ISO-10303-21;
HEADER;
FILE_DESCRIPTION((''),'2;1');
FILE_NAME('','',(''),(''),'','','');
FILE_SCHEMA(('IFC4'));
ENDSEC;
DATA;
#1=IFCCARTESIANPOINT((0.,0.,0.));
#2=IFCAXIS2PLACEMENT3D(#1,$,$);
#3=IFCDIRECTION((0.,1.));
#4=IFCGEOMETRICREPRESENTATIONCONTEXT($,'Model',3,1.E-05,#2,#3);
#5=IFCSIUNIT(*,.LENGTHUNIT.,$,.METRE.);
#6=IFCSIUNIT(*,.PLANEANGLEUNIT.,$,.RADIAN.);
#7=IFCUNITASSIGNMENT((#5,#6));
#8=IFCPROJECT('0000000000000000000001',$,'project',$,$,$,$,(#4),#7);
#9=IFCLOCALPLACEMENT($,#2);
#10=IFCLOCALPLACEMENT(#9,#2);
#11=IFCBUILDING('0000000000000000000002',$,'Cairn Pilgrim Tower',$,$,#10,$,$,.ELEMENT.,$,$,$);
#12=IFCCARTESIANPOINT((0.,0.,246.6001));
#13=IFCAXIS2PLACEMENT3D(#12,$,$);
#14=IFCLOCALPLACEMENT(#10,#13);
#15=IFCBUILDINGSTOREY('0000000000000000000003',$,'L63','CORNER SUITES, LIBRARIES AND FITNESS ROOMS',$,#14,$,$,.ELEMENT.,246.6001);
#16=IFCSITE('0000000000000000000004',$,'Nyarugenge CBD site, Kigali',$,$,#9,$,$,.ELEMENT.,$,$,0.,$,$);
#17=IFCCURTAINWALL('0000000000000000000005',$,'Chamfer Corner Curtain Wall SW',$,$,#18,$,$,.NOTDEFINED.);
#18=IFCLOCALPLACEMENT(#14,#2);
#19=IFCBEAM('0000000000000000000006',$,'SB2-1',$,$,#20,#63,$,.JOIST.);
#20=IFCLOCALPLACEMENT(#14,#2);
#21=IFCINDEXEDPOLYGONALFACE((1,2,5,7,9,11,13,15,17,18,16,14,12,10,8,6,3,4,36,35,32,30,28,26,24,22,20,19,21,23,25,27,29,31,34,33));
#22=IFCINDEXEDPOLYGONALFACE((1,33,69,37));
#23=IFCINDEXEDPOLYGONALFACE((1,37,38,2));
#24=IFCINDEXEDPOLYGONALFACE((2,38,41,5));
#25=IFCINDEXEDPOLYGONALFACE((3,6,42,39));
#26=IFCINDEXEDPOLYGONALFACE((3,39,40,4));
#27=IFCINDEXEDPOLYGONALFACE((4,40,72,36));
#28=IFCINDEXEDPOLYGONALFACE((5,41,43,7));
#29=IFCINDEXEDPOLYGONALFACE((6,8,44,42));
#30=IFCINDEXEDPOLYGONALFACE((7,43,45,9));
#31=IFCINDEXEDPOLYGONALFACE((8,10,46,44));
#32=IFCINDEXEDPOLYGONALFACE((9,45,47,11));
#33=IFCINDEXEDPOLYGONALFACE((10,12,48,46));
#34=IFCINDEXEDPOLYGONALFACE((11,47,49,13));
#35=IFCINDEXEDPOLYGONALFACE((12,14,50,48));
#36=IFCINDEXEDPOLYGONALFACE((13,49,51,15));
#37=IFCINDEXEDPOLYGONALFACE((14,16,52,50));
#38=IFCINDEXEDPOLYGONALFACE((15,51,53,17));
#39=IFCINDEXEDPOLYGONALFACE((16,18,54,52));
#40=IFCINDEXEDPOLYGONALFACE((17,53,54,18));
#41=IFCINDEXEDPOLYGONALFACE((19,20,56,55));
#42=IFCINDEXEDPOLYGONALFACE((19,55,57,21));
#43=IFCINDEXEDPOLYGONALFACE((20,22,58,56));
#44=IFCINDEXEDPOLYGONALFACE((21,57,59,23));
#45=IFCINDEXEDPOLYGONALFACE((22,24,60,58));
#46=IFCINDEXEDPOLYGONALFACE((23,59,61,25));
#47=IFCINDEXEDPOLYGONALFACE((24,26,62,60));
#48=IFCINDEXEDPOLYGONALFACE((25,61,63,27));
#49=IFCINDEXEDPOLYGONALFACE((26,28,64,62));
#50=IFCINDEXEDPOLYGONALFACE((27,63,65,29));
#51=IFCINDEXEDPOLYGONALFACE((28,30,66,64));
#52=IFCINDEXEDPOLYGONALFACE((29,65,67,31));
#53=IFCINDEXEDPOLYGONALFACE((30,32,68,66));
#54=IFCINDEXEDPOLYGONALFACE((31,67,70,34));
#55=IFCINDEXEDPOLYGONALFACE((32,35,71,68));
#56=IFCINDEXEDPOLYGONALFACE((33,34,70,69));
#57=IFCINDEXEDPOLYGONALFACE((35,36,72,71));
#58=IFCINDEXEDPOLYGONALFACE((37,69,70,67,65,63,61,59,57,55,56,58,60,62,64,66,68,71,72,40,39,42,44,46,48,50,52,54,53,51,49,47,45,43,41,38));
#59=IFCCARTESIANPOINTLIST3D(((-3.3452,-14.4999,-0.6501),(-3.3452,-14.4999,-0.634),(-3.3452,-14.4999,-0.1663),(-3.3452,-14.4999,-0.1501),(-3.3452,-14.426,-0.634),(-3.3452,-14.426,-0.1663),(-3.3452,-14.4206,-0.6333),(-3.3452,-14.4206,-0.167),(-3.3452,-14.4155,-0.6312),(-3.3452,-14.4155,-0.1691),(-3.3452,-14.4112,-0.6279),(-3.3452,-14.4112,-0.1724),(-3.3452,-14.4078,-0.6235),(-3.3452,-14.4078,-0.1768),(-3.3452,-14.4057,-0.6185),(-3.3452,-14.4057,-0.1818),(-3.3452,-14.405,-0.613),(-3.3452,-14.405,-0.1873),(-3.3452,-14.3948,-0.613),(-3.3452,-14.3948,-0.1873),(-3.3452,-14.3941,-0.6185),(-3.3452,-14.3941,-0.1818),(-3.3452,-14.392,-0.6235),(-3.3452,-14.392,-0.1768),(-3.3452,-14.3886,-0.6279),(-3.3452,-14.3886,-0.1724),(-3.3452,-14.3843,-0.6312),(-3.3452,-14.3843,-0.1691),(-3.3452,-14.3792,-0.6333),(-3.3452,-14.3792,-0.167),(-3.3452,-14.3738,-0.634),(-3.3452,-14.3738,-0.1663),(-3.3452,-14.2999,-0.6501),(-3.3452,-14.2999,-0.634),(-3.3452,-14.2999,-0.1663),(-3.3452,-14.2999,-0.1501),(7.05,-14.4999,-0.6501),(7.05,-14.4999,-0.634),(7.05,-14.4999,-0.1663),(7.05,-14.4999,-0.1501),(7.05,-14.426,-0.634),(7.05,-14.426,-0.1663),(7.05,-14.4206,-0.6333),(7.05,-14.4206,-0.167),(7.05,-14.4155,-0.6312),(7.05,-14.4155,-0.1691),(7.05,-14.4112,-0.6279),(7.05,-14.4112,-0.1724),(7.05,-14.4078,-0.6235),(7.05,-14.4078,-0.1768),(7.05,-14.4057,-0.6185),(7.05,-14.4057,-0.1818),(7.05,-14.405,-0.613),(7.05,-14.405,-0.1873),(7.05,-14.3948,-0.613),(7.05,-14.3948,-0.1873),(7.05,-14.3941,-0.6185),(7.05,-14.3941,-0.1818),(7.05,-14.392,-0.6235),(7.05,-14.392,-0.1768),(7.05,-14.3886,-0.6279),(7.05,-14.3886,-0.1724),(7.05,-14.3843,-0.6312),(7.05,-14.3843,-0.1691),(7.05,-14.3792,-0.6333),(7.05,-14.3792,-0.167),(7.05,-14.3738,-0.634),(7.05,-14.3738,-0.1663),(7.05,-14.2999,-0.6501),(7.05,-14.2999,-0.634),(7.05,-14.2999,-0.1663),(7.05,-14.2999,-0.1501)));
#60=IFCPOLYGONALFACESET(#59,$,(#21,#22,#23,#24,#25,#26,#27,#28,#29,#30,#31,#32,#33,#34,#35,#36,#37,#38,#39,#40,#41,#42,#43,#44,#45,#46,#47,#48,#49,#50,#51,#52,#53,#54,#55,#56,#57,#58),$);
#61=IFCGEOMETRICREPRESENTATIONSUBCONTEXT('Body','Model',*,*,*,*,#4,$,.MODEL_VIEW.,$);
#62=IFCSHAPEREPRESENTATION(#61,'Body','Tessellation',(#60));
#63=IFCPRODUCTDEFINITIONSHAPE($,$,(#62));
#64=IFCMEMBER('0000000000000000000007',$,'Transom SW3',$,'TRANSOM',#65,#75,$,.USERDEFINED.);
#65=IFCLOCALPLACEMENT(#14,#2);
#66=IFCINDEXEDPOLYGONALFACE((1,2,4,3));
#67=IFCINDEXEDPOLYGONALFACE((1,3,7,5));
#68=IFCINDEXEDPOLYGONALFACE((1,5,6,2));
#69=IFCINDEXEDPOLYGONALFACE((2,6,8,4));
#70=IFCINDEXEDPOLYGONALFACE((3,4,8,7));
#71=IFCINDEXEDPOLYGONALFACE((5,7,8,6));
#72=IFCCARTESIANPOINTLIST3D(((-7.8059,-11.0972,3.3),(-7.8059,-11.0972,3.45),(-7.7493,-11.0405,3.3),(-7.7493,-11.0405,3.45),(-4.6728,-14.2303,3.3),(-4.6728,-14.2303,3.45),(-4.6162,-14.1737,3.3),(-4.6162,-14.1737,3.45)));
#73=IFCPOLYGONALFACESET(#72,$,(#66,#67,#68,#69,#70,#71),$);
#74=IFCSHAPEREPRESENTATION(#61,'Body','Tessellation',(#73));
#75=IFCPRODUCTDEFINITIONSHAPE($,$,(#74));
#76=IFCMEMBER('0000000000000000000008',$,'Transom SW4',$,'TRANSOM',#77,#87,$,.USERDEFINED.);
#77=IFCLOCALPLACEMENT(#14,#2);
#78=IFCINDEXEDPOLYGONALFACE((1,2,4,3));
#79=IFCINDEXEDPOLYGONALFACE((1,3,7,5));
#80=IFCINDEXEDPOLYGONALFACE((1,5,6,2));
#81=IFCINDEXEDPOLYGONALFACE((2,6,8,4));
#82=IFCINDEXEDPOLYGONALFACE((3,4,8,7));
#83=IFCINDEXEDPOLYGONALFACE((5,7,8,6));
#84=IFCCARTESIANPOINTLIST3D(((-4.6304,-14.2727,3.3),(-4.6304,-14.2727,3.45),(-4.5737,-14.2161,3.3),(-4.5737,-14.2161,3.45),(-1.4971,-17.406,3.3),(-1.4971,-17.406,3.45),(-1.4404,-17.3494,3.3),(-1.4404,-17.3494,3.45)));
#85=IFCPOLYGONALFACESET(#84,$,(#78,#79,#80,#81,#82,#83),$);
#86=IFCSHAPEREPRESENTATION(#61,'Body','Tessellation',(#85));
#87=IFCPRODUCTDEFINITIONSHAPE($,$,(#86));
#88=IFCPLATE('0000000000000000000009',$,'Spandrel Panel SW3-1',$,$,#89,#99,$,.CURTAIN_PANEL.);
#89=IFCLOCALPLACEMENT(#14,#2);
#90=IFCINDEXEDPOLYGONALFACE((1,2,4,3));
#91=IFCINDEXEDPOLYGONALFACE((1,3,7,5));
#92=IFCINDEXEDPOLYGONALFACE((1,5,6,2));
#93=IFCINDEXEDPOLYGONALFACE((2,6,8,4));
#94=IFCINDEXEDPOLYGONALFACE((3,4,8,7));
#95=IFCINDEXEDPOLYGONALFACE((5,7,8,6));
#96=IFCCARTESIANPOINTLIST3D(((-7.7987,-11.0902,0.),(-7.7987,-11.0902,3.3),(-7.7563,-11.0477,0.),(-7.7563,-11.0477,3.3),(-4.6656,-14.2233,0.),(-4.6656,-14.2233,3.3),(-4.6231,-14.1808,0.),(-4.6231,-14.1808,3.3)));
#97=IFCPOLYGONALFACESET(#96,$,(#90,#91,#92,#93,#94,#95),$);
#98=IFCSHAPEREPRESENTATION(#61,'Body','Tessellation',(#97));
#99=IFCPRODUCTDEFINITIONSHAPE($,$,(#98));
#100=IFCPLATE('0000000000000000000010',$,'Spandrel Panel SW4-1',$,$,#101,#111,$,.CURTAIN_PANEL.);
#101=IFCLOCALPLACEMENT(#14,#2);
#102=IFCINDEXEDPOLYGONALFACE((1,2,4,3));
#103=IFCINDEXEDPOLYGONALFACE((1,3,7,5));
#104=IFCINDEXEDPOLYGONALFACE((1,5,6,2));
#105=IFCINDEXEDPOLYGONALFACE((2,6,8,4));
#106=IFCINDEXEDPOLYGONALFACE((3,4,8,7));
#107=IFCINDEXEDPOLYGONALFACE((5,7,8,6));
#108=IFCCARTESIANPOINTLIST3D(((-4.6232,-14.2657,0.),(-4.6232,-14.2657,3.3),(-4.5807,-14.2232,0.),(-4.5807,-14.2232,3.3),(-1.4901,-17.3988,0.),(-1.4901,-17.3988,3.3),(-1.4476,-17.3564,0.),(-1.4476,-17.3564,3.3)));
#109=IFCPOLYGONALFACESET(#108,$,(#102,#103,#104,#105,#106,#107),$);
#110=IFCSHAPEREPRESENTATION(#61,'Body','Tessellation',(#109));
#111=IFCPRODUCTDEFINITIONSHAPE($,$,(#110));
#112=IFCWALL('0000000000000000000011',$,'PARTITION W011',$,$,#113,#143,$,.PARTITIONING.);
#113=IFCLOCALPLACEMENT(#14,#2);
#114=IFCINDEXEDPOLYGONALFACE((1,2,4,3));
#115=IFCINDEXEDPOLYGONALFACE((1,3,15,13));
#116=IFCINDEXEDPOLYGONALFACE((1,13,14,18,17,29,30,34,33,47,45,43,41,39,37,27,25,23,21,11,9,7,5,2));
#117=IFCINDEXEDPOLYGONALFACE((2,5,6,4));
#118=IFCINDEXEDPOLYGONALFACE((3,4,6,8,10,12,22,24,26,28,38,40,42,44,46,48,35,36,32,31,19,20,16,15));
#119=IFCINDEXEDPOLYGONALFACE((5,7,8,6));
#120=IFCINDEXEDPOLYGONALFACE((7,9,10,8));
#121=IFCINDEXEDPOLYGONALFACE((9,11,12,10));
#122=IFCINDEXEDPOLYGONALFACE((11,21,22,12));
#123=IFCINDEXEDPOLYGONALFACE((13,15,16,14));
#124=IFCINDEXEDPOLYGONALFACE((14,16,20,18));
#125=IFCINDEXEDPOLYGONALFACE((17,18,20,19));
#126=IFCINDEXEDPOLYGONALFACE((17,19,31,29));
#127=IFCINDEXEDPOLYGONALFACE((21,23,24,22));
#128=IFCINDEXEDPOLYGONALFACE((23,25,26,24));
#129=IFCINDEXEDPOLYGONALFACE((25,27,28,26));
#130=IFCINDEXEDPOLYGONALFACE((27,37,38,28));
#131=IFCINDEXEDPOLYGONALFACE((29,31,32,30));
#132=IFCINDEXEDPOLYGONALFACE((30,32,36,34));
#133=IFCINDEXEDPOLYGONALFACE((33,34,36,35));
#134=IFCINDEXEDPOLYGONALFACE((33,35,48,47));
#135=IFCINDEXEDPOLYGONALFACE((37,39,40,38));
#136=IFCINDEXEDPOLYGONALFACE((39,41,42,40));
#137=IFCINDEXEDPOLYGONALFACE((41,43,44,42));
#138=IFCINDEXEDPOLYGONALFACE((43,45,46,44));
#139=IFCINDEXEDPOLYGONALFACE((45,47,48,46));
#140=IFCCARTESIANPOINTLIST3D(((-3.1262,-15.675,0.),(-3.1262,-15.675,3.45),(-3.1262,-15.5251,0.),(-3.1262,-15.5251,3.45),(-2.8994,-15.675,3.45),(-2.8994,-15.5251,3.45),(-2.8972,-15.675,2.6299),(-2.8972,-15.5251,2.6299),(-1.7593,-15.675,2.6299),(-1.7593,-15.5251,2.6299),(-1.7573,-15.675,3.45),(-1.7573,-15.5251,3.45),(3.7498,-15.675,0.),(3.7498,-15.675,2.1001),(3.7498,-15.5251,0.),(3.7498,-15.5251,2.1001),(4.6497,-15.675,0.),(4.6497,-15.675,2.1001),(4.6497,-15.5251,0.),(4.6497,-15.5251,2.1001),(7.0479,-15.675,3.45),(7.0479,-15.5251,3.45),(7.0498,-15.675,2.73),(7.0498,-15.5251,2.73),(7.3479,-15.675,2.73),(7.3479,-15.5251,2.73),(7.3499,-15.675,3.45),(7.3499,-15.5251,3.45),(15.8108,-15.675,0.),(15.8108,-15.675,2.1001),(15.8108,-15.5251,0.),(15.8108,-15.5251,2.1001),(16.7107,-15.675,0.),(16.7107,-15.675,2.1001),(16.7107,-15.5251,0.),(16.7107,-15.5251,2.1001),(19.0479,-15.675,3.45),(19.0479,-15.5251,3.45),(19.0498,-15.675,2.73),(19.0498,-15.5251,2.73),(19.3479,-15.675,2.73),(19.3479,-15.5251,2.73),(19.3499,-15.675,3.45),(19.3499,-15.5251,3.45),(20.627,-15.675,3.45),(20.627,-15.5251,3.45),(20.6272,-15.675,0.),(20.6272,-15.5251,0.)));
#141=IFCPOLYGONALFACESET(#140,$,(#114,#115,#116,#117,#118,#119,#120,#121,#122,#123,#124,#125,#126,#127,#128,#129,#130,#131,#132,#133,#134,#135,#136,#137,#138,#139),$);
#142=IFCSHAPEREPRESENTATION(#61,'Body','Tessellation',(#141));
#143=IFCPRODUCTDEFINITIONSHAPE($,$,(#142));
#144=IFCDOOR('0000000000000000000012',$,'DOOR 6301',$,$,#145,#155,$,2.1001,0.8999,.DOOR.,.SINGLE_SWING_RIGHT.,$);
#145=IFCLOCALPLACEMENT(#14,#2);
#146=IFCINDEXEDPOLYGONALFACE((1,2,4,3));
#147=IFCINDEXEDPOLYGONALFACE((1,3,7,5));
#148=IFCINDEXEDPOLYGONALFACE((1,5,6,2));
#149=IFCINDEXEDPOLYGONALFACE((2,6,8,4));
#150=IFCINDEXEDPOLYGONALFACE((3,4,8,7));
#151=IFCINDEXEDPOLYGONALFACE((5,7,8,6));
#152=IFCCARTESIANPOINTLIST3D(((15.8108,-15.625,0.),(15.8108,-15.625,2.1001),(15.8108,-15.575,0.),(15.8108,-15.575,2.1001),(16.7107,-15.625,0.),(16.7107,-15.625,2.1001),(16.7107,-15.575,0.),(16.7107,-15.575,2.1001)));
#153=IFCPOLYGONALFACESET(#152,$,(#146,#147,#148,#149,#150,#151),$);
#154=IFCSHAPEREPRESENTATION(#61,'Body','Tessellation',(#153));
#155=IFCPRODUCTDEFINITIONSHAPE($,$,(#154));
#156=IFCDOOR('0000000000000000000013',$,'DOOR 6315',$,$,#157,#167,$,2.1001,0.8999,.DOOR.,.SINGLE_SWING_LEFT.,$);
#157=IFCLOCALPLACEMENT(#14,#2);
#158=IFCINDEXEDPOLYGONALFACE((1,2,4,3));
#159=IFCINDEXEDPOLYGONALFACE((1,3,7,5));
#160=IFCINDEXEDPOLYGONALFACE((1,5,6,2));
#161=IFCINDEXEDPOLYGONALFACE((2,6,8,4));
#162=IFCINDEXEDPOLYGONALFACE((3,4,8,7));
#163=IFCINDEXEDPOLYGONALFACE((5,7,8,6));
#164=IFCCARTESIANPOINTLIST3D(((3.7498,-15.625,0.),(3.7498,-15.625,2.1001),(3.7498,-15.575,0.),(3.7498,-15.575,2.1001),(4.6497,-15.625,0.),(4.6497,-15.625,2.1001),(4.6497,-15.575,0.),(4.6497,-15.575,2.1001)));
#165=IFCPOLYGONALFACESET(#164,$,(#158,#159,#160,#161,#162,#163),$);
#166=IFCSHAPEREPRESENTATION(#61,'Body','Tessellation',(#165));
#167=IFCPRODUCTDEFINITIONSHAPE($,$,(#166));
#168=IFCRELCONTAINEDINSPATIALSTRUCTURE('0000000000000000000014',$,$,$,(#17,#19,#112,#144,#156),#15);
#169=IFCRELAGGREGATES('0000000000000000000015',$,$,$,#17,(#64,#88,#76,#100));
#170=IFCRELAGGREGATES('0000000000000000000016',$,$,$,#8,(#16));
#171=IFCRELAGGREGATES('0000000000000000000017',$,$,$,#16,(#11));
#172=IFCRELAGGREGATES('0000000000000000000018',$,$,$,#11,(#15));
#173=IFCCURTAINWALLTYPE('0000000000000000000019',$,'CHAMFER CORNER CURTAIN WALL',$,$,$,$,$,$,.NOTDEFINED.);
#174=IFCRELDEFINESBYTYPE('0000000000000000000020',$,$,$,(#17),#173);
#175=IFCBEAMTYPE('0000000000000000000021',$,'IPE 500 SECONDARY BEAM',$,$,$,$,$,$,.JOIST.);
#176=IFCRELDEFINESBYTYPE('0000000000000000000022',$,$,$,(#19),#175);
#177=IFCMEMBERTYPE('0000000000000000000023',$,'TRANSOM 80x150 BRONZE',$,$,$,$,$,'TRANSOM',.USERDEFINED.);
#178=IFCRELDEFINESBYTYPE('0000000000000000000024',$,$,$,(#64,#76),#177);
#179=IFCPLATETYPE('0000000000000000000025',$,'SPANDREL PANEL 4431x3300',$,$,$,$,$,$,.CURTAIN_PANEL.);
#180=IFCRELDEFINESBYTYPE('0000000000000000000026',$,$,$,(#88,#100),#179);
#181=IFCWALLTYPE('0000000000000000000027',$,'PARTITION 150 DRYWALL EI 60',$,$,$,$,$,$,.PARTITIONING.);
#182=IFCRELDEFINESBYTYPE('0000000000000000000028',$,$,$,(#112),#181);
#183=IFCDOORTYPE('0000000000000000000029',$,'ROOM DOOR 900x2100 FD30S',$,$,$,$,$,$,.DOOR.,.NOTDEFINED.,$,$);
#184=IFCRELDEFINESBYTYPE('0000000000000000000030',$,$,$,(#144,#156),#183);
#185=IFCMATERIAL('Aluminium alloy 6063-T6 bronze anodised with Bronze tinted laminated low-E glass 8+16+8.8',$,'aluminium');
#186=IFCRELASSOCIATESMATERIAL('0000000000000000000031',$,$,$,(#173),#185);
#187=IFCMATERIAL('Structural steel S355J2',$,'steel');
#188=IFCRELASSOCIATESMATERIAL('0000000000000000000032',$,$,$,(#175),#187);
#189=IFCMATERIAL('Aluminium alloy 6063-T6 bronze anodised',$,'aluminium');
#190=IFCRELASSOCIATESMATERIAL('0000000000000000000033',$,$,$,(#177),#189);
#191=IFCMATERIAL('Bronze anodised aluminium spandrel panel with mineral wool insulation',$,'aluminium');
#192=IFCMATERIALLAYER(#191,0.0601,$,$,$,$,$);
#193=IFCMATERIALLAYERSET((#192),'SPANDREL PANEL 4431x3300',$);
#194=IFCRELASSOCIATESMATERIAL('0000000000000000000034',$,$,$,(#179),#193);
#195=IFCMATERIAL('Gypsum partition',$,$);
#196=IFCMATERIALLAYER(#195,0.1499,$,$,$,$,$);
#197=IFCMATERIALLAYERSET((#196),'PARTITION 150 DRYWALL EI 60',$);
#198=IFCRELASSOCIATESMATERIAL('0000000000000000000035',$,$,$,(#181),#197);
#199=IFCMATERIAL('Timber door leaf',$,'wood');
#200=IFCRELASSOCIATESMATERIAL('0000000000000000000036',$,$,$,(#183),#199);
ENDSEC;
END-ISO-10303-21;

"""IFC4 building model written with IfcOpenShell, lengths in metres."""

from ifc_helpers import new_model, si_unit, direction, frame, frame_2d, origin, origin_2d, place, context, subcontext, project, spatial, polyline, rectangle, i_section, outline, extrude, material, layer, layer_set, material_profile, profile_set, type_object, element, fill, aggregate, save


model = new_model("IFC4")

# Units and contexts
model_context = context("Model", 3, precision=1e-05, world=origin(), true_north=direction((0.0, 1.0)))
body_context = subcontext(model_context, "Body", "Model", "MODEL_VIEW")
ifc_project = project(units=[si_unit("LENGTHUNIT", "METRE"), si_unit("PLANEANGLEUNIT", "RADIAN")], contexts=[model_context])

# Site, building, storey
site_placement = place(None, origin())
site = spatial("IfcSite", under=ifc_project, at=site_placement, Name="Nyarugenge CBD site, Kigali", CompositionType="ELEMENT", RefElevation=0.0)
building_placement = place(site_placement, origin())
building = spatial("IfcBuilding", under=site, at=building_placement, Name="Cairn Pilgrim Tower", CompositionType="ELEMENT")
storey_placement = place(building_placement, frame((0.0, 0.0, 246.6001)))
storey = spatial("IfcBuildingStorey", under=building, at=storey_placement, Name="L63", Description="CORNER SUITES, LIBRARIES AND FITNESS ROOMS", CompositionType="ELEMENT", Elevation=246.6001)

# Shared definitions
ifc_material_1 = material(Name="Structural steel S355J2", Category="steel")

# Curtain wall
ifc_material_2 = material(Name="Aluminium alloy 6063-T6 bronze anodised with Bronze tinted laminated low-E glass 8+16+8.8", Category="aluminium")
curtain_wall_type = type_object("IfcCurtainWallType", Name="CHAMFER CORNER CURTAIN WALL", PredefinedType="NOTDEFINED", material=ifc_material_2)
curtain_wall_placement = place(storey_placement, origin())
curtain_wall = element("IfcCurtainWall", 1, at=curtain_wall_placement, inside=storey, type_object=curtain_wall_type, Name="Chamfer Corner Curtain Wall SW", PredefinedType="NOTDEFINED")
ifc_material_3 = material(Name="Aluminium alloy 6063-T6 bronze anodised", Category="aluminium")

# Beam
ifc_material_profile_1 = material_profile(ifc_material_1, i_section(OverallWidth=0.2, OverallDepth=0.5, WebThickness=0.0103, FlangeThickness=0.0161, FilletRadius=0.021, at=origin_2d()), Name="IPE 500")
ifc_profile_set_1 = profile_set([ifc_material_profile_1], Name="Structural steel S355J2")
beam_type_1 = type_object("IfcBeamType", Name="IPE 500 SECONDARY BEAM", PredefinedType="JOIST", material=ifc_profile_set_1)
beam_1_placement = place(storey_placement, frame((-3.3452, -14.3999, -0.4001), z_axis=(1.0, 0.0, 0.0), x_axis=(0.0, 1.0, 0.0)))
element("IfcBeam", 2, at=beam_1_placement, inside=storey, type_object=beam_type_1, Name="SB2-1", PredefinedType="JOIST", context=body_context, shape_type="SweptSolid", body=[
    extrude(i_section(OverallWidth=0.2, OverallDepth=0.5, WebThickness=0.0103, FlangeThickness=0.0161, FilletRadius=0.021, at=origin_2d()), origin(), (0.0, 0.0, 1.0), 10.3953),
])

# Members
ifc_material_profile_2 = material_profile(ifc_material_3, rectangle(XDim=0.0801, YDim=0.1499, at=origin_2d()), Name="TRANSOM 80x150 BRONZE")
ifc_profile_set_2 = profile_set([ifc_material_profile_2], Name="Aluminium alloy 6063-T6 bronze anodised")
member_type_1 = type_object("IfcMemberType", Name="TRANSOM 80x150 BRONZE", ElementType="TRANSOM", PredefinedType="USERDEFINED", material=ifc_profile_set_2)
member_1_placement = place(storey_placement, frame((-7.7776, -11.0688, 3.375), z_axis=(0.707107, -0.707107, 0.0), x_axis=(0.707107, 0.707107, 0.0)))
member_1 = element("IfcMember", 3, at=member_1_placement, type_object=member_type_1, Name="Transom SW3", ObjectType="TRANSOM", PredefinedType="USERDEFINED", context=body_context, shape_type="SweptSolid", body=[
    extrude(rectangle(XDim=0.0801, YDim=0.1499, at=origin_2d()), origin(), (0.0, 0.0, 1.0), 4.4309),
])
member_2_placement = place(storey_placement, frame((-4.6021, -14.2444, 3.375), z_axis=(0.707107, -0.707107, 0.0), x_axis=(0.707107, 0.707107, 0.0)))
member_2 = element("IfcMember", 4, at=member_2_placement, type_object=member_type_1, Name="Transom SW4", ObjectType="TRANSOM", PredefinedType="USERDEFINED", context=body_context, shape_type="SweptSolid", body=[
    extrude(rectangle(XDim=0.0801, YDim=0.1499, at=origin_2d()), origin(), (0.0, 0.0, 1.0), 4.4312),
])

# Plates
ifc_material_4 = material(Name="Bronze anodised aluminium spandrel panel with mineral wool insulation", Category="aluminium")
ifc_layer_1 = layer(ifc_material_4, 0.0601)
ifc_layer_set_1 = layer_set([ifc_layer_1], Name="SPANDREL PANEL 4431x3300")
plate_type = type_object("IfcPlateType", Name="SPANDREL PANEL 4431x3300", PredefinedType="CURTAIN_PANEL", material=ifc_layer_set_1)
plate_1_placement = place(storey_placement, frame((-6.2109, -12.6355, 0.0), z_axis=(0.0, 0.0, 1.0), x_axis=(0.707107, -0.707107, 0.0)))
plate_1 = element("IfcPlate", 5, at=plate_1_placement, type_object=plate_type, Name="Spandrel Panel SW3-1", PredefinedType="CURTAIN_PANEL", context=body_context, shape_type="SweptSolid", body=[
    extrude(rectangle(XDim=4.4309, YDim=0.0601, at=origin_2d()), origin(), (0.0, 0.0, 1.0), 3.3),
])
plate_2_placement = place(storey_placement, frame((-3.0354, -15.811, 0.0), z_axis=(0.0, 0.0, 1.0), x_axis=(0.707107, -0.707107, 0.0)))
plate_2 = element("IfcPlate", 6, at=plate_2_placement, type_object=plate_type, Name="Spandrel Panel SW4-1", PredefinedType="CURTAIN_PANEL", context=body_context, shape_type="SweptSolid", body=[
    extrude(rectangle(XDim=4.4309, YDim=0.0601, at=origin_2d()), origin(), (0.0, 0.0, 1.0), 3.3),
])
aggregate(curtain_wall, [member_1, plate_1, member_2, plate_2])

# Wall, openings, doors
ifc_material_5 = material(Name="Gypsum partition")
ifc_layer_2 = layer(ifc_material_5, 0.1499)
ifc_layer_set_2 = layer_set([ifc_layer_2], Name="PARTITION 150 DRYWALL EI 60")
wall_type_1 = type_object("IfcWallType", Name="PARTITION 150 DRYWALL EI 60", PredefinedType="PARTITIONING", material=ifc_layer_set_2)
wall_1_placement = place(storey_placement, frame((-3.1262, -15.6001, 0.0), z_axis=(0.0, 0.0, 1.0), x_axis=(1.0, 0.0, 0.0)))
wall_1 = element("IfcWall", 7, at=wall_1_placement, inside=storey, type_object=wall_type_1, Name="PARTITION W011", PredefinedType="PARTITIONING", context=body_context, shape_type="SweptSolid", body=[
    extrude(outline(polyline([(0.0, 0.0), (23.7534, 0.0), (23.7532, 3.45), (22.4761, 3.45), (22.4741, 2.73), (22.176, 2.73), (22.1741, 3.45), (10.4761, 3.45), (10.4741, 2.73), (10.176, 2.73), (10.1741, 3.45), (1.3689, 3.45), (1.3669, 2.6299), (0.229, 2.6299), (0.2268, 3.45), (0.0, 3.45), (0.0, 0.0)])), frame((0.0, 0.075, 0.0), z_axis=(0.0, -1.0, 0.0), x_axis=(1.0, 0.0, 0.0)), (0.0, 0.0, 1.0), 0.1499),
])
opening_1_placement = place(wall_1_placement, frame((18.937, 0.0, 0.0)))
opening_1 = element("IfcOpeningElement", 8, at=opening_1_placement, cuts=wall_1, PredefinedType="OPENING", context=body_context, shape_type="SweptSolid", body=[
    extrude(rectangle(XDim=0.8999, YDim=2.1001, at=frame_2d((0.45, 1.05))), frame((0.0, 0.085, 0.0), z_axis=(0.0, -1.0, 0.0), x_axis=(1.0, 0.0, 0.0)), (0.0, 0.0, 1.0), 0.1699),
])
opening_2_placement = place(wall_1_placement, frame((6.876, 0.0, 0.0)))
opening_2 = element("IfcOpeningElement", 9, at=opening_2_placement, cuts=wall_1, PredefinedType="OPENING", context=body_context, shape_type="SweptSolid", body=[
    extrude(rectangle(XDim=0.8999, YDim=2.1001, at=frame_2d((0.45, 1.05))), frame((0.0, 0.085, 0.0), z_axis=(0.0, -1.0, 0.0), x_axis=(1.0, 0.0, 0.0)), (0.0, 0.0, 1.0), 0.1699),
])
ifc_material_6 = material(Name="Timber door leaf", Category="wood")
door_type_1 = type_object("IfcDoorType", Name="ROOM DOOR 900x2100 FD30S", OperationType="NOTDEFINED", PredefinedType="DOOR", material=ifc_material_6)
door_1_placement = place(opening_1_placement, frame((0.8999, 0.0, 0.0), z_axis=(0.0, 0.0, 1.0), x_axis=(-1.0, 0.0, 0.0)))
door_1 = element("IfcDoor", 10, at=door_1_placement, inside=storey, type_object=door_type_1, Name="DOOR 6301", OperationType="SINGLE_SWING_RIGHT", OverallHeight=2.1001, OverallWidth=0.8999, PredefinedType="DOOR", context=body_context, shape_type="SweptSolid", body=[
    extrude(rectangle(XDim=0.8999, YDim=2.1001, at=frame_2d((0.45, 1.05))), frame((0.0, 0.0249, 0.0), z_axis=(0.0, -1.0, 0.0), x_axis=(1.0, 0.0, 0.0)), (0.0, 0.0, 1.0), 0.05),
])
fill(opening_1, door_1)
door_2_placement = place(opening_2_placement, frame((0.8999, 0.0, 0.0), z_axis=(0.0, 0.0, 1.0), x_axis=(-1.0, 0.0, 0.0)))
door_2 = element("IfcDoor", 11, at=door_2_placement, inside=storey, type_object=door_type_1, Name="DOOR 6315", OperationType="SINGLE_SWING_LEFT", OverallHeight=2.1001, OverallWidth=0.8999, PredefinedType="DOOR", context=body_context, shape_type="SweptSolid", body=[
    extrude(rectangle(XDim=0.8999, YDim=2.1001, at=frame_2d((0.45, 1.05))), frame((0.0, 0.0249, 0.0), z_axis=(0.0, -1.0, 0.0), x_axis=(1.0, 0.0, 0.0)), (0.0, 0.0, 1.0), 0.05),
])
fill(opening_2, door_2)

save(model, "model.ifc")
